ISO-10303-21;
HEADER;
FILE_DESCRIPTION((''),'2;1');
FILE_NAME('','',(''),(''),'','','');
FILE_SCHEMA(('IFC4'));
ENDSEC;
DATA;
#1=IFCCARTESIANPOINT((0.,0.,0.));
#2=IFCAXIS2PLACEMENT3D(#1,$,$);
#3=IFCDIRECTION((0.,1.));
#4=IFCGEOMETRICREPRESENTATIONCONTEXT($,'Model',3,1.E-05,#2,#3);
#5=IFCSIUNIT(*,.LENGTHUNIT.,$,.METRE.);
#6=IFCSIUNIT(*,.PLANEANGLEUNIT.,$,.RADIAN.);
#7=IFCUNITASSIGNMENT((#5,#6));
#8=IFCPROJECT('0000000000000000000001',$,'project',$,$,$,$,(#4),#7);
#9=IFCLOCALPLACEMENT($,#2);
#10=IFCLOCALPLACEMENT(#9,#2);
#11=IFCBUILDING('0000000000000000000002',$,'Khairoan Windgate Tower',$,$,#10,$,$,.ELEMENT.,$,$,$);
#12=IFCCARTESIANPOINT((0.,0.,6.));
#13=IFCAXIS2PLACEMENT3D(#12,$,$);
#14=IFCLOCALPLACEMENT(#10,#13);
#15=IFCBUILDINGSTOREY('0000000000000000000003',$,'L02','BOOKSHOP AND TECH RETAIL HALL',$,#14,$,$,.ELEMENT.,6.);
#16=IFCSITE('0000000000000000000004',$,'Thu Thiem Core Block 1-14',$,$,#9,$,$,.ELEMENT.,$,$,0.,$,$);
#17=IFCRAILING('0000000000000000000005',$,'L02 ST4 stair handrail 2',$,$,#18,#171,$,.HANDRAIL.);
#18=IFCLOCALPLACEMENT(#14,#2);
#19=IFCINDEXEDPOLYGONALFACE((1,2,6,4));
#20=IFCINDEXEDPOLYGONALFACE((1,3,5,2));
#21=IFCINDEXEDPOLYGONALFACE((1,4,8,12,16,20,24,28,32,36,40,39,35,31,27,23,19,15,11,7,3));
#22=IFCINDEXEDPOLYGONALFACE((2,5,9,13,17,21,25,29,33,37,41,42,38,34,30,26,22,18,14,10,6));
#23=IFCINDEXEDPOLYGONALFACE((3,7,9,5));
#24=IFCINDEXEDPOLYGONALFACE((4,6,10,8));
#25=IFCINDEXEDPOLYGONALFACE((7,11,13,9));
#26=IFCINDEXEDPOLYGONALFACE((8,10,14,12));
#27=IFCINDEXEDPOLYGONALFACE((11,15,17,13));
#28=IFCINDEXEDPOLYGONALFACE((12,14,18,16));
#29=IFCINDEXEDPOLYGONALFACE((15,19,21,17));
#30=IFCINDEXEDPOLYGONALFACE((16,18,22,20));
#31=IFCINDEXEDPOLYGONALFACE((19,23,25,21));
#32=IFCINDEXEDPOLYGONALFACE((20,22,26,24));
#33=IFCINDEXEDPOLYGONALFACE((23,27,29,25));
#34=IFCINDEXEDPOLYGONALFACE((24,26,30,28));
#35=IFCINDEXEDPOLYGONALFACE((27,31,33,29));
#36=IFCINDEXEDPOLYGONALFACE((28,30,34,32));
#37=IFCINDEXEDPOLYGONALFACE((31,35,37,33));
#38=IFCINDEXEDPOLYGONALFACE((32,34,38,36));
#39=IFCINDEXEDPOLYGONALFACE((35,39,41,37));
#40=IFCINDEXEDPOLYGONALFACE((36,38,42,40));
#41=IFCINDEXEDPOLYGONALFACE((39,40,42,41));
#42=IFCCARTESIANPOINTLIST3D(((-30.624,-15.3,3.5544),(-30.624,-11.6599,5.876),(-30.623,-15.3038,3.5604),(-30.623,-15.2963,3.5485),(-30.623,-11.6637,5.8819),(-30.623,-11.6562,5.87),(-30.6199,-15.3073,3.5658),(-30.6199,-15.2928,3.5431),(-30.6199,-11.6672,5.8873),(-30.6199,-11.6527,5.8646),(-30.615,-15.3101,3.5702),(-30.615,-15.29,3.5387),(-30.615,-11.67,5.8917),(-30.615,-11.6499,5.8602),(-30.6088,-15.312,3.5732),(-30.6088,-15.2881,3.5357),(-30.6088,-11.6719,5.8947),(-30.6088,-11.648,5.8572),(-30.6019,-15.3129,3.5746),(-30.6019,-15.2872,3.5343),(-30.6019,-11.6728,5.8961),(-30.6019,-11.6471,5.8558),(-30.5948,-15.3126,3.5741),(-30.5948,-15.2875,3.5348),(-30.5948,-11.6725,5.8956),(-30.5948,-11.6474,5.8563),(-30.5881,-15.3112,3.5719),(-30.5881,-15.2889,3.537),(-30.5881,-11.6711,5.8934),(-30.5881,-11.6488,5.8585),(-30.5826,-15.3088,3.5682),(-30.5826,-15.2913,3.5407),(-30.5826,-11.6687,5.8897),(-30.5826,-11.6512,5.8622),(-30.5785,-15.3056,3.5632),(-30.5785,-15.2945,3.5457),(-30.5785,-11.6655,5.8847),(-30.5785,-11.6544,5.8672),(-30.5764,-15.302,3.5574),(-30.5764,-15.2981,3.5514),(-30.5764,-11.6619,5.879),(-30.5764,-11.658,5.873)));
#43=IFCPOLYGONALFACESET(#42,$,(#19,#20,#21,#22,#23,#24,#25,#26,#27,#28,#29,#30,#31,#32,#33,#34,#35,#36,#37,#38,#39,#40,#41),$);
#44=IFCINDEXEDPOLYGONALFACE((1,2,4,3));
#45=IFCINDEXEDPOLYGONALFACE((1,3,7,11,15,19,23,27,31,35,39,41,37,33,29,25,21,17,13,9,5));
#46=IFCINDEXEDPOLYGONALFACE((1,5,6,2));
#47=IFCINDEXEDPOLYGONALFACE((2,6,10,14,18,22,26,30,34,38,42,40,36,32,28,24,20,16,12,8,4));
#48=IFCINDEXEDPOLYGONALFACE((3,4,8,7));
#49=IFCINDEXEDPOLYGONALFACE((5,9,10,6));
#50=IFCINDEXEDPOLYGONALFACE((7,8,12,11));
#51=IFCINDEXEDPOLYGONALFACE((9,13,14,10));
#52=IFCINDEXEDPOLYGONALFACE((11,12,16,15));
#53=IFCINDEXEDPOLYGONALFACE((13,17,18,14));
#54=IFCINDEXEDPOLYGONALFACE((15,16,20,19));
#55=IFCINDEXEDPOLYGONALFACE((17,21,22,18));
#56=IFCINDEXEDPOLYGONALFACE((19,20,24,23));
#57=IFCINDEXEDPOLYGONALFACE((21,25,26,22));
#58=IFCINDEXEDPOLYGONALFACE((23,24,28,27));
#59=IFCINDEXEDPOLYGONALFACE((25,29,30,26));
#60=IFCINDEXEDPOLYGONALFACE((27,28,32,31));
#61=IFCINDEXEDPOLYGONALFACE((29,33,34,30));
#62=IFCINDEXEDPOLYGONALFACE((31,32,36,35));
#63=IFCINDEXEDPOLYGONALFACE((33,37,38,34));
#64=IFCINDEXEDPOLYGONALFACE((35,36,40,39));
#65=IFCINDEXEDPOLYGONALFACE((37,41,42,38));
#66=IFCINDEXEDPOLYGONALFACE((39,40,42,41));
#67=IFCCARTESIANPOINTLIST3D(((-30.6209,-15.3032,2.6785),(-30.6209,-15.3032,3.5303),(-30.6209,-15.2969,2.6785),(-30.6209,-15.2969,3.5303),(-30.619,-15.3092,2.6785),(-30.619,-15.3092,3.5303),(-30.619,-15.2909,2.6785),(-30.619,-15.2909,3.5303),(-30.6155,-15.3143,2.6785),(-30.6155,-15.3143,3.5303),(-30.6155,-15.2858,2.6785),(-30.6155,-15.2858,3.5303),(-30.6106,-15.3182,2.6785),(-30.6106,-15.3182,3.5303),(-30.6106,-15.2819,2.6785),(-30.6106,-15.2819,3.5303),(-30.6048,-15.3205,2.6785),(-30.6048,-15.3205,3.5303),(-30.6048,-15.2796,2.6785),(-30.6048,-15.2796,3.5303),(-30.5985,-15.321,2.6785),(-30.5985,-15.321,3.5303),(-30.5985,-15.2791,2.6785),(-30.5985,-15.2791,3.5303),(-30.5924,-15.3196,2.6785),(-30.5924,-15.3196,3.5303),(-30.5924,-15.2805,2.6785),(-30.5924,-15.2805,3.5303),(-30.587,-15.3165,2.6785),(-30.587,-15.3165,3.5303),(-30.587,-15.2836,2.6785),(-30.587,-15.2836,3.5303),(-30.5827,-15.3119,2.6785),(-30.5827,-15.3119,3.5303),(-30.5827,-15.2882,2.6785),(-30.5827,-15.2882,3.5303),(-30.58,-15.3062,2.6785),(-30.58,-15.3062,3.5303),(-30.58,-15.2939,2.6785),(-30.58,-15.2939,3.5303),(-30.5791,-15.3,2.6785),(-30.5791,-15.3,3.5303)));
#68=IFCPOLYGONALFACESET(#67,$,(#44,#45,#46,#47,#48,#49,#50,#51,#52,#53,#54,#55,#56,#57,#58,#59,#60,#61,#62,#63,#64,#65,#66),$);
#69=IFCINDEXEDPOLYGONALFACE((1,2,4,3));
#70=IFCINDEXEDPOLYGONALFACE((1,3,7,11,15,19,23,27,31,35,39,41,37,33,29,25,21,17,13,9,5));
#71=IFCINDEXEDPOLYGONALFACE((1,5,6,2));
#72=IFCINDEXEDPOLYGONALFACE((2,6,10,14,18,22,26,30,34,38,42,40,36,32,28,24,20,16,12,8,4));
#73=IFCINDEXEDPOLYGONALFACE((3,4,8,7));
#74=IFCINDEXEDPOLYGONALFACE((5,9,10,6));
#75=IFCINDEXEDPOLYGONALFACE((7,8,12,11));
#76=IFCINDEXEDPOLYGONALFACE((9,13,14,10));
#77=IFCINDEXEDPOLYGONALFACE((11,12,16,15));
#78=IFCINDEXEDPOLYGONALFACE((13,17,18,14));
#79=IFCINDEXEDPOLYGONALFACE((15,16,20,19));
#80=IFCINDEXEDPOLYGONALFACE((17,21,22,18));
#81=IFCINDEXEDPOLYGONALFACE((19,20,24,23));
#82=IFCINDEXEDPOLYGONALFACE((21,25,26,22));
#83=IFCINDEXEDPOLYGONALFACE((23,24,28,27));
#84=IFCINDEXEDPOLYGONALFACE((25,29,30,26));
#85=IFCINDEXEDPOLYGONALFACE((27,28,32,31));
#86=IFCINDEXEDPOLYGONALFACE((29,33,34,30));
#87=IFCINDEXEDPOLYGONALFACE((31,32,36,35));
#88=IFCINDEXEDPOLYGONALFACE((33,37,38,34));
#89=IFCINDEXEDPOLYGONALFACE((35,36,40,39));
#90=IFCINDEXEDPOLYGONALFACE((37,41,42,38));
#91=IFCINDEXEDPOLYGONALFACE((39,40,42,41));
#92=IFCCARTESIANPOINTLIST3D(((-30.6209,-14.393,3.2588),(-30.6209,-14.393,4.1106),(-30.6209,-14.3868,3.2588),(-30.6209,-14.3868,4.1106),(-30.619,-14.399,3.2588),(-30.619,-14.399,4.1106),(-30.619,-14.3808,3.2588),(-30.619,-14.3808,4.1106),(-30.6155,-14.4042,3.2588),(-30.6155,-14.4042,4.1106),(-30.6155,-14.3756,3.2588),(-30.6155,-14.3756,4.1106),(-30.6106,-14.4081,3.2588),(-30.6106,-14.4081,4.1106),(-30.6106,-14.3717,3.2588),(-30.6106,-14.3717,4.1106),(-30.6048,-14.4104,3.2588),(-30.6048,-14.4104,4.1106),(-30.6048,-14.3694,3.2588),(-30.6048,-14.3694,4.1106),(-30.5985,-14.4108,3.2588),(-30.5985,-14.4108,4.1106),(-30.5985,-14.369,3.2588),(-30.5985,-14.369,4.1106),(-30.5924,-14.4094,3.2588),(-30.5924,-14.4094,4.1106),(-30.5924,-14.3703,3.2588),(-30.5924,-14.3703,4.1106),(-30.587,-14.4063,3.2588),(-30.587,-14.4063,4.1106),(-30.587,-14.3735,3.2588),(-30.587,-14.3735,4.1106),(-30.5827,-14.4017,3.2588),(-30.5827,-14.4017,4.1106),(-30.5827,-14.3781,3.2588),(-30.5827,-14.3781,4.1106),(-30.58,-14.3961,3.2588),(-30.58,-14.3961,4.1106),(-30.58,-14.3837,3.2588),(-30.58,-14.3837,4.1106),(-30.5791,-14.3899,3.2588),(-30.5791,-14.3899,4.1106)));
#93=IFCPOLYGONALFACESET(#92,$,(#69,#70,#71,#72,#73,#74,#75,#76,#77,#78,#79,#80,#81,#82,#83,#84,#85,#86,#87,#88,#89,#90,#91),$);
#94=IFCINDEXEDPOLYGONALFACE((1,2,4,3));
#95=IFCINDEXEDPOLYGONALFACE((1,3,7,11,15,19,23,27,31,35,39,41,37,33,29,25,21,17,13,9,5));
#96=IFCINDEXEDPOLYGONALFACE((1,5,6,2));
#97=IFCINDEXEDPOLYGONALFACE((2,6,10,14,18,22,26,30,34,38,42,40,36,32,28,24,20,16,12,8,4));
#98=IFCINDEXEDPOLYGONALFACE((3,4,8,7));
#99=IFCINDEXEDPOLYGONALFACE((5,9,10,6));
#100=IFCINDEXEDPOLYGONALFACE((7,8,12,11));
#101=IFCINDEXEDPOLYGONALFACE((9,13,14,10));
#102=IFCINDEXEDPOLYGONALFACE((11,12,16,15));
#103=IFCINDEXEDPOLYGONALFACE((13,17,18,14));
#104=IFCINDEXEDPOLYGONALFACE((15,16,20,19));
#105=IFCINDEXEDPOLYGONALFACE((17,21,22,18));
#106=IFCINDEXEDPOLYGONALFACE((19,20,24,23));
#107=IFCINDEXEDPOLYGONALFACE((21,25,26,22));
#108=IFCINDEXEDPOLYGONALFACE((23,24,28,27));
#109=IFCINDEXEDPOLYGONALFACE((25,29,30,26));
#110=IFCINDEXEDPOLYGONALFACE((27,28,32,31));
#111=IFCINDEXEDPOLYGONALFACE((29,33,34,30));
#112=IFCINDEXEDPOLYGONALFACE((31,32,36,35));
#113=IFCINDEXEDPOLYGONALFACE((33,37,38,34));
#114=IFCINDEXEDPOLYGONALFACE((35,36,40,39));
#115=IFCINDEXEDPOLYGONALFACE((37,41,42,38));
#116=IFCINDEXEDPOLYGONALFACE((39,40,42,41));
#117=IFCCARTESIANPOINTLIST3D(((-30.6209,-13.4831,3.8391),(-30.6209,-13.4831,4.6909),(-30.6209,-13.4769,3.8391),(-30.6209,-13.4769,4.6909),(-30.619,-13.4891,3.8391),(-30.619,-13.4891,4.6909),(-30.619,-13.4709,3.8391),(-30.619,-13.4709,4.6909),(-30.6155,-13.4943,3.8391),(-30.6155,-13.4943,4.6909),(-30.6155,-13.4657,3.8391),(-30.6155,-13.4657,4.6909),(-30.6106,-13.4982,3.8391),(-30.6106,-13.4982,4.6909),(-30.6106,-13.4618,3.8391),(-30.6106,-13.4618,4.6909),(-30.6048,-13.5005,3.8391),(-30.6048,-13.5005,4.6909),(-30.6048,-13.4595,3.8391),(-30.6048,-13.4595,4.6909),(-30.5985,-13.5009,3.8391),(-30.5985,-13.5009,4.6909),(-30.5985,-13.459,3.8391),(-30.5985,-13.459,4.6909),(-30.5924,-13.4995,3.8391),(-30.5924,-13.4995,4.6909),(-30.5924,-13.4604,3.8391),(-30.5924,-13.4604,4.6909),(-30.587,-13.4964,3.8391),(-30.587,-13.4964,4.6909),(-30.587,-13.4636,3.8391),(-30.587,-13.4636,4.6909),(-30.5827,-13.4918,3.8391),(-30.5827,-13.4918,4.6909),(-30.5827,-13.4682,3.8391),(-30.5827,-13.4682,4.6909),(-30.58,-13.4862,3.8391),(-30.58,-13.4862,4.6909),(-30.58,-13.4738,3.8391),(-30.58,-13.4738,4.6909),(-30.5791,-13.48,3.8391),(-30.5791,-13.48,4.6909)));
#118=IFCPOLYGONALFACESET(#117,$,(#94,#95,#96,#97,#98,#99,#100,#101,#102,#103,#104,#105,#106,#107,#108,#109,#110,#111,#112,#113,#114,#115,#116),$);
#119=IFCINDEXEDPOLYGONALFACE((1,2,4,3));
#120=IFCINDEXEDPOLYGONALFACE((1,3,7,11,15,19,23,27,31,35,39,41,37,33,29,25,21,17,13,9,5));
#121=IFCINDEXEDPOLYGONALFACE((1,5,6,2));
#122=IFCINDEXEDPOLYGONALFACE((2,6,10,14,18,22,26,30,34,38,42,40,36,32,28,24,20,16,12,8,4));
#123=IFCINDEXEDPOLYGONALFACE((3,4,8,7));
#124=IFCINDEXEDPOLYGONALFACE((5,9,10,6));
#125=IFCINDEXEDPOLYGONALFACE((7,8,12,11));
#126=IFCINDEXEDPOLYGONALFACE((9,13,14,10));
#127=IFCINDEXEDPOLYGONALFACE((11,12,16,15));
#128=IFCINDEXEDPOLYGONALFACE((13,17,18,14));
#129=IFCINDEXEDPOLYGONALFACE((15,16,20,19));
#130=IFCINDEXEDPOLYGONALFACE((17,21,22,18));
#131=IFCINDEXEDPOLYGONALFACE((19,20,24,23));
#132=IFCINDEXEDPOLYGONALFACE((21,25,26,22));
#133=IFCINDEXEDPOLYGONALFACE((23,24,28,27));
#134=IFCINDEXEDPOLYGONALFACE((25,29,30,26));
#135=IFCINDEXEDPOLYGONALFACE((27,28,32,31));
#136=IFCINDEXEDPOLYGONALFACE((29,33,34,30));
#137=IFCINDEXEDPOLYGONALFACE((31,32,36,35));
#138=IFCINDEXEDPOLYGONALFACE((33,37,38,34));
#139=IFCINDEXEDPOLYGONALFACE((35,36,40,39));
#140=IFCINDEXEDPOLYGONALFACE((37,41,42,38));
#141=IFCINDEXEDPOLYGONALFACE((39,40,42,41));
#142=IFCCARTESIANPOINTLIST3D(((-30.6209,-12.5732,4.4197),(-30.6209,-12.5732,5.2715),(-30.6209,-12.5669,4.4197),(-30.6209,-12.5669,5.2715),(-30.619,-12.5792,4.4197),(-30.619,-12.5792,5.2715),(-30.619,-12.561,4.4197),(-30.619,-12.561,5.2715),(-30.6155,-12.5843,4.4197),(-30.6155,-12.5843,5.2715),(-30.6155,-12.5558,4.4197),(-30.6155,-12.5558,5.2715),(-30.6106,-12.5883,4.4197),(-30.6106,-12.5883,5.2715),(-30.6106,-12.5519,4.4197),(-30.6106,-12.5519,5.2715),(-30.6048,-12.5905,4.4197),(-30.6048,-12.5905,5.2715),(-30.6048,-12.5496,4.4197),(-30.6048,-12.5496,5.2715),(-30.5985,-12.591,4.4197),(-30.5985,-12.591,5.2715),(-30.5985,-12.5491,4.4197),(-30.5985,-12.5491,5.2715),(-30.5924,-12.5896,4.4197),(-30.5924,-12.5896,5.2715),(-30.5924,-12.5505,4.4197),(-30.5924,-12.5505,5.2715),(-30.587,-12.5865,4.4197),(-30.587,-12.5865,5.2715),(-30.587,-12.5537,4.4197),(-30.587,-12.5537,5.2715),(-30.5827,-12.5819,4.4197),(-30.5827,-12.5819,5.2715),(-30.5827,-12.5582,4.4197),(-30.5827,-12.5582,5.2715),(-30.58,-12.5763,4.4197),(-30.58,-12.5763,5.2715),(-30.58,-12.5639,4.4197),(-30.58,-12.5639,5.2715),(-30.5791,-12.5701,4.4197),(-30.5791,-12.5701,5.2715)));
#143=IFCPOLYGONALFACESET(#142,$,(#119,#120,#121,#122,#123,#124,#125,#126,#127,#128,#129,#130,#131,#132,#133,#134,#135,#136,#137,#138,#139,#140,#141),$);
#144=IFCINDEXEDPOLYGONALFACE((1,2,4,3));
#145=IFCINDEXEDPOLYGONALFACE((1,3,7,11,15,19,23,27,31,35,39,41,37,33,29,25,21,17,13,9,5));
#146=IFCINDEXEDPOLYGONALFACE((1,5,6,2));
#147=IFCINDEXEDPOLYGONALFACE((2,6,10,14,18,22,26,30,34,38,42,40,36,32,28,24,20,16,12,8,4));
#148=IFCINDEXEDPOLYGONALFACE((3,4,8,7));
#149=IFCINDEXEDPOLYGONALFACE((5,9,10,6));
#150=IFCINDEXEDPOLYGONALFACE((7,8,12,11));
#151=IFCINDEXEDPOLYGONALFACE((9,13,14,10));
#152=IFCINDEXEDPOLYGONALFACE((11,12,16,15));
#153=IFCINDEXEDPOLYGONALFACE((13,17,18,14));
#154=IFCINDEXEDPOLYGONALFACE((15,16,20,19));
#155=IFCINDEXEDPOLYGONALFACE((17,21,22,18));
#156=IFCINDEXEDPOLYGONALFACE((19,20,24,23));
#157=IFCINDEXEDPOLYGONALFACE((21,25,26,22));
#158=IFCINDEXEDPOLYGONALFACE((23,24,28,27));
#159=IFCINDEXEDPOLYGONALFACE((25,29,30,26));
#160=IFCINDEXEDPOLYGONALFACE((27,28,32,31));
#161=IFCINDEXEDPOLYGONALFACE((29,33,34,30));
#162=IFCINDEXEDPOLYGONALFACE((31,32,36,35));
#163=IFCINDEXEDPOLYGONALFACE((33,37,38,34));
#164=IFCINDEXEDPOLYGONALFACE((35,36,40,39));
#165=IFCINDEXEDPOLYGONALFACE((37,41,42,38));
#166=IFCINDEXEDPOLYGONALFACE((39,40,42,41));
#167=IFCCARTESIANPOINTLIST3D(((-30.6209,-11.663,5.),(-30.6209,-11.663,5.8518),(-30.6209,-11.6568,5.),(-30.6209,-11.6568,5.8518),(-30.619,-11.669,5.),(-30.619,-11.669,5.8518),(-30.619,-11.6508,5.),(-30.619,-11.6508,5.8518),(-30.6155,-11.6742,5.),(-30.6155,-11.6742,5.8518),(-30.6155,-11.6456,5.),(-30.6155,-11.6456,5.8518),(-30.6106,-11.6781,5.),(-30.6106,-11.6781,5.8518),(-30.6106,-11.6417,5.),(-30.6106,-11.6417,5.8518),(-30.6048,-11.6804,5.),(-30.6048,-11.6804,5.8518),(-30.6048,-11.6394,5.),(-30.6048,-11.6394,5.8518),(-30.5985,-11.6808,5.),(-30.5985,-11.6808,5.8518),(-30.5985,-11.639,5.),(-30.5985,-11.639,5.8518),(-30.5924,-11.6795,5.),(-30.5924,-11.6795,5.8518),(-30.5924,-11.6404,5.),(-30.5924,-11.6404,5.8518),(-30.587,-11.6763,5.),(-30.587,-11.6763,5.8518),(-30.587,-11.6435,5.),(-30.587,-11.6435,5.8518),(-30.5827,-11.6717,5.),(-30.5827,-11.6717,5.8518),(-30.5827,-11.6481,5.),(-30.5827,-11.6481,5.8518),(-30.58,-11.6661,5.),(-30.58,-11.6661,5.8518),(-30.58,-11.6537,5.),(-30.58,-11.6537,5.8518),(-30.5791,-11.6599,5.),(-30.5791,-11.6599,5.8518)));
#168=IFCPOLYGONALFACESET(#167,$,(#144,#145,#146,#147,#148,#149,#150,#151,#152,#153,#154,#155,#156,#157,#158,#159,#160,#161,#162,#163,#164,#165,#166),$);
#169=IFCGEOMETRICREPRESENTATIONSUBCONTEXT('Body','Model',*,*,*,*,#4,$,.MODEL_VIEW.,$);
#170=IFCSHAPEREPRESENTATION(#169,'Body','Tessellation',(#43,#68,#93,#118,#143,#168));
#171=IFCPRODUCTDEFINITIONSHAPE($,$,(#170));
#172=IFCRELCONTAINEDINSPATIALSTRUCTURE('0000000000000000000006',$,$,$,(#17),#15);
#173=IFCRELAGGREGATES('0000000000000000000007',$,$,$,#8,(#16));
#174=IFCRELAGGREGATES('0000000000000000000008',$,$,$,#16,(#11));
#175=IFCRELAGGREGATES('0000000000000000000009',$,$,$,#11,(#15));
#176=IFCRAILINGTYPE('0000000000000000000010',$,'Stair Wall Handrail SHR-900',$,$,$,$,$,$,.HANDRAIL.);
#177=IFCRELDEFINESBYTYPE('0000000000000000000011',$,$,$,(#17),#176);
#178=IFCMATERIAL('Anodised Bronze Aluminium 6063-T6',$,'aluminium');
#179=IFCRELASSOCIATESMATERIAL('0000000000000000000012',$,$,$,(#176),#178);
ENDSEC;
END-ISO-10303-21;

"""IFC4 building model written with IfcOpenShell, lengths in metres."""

from ifc_helpers import new_model, si_unit, direction, frame, origin, origin_2d, place, context, subcontext, project, spatial, circle, extrude, material, type_object, element, save


model = new_model("IFC4")

# Units and contexts
model_context = context("Model", 3, precision=1e-05, world=origin(), true_north=direction((0.0, 1.0)))
body_context = subcontext(model_context, "Body", "Model", "MODEL_VIEW")
ifc_project = project(units=[si_unit("LENGTHUNIT", "METRE"), si_unit("PLANEANGLEUNIT", "RADIAN")], contexts=[model_context])

# Site, building, storey
site_placement = place(None, origin())
site = spatial("IfcSite", under=ifc_project, at=site_placement, Name="Thu Thiem Core Block 1-14", CompositionType="ELEMENT", RefElevation=0.0)
building_placement = place(site_placement, origin())
building = spatial("IfcBuilding", under=site, at=building_placement, Name="Khairoan Windgate Tower", CompositionType="ELEMENT")
storey_placement = place(building_placement, frame((0.0, 0.0, 6.0)))
storey = spatial("IfcBuildingStorey", under=building, at=storey_placement, Name="L02", Description="BOOKSHOP AND TECH RETAIL HALL", CompositionType="ELEMENT", Elevation=6.0)

# Railing
ifc_material_1 = material(Name="Anodised Bronze Aluminium 6063-T6", Category="aluminium")
railing_type_1 = type_object("IfcRailingType", Name="Stair Wall Handrail SHR-900", PredefinedType="HANDRAIL", material=ifc_material_1)
railing_1_placement = place(storey_placement, frame((-30.6001, -15.3, 2.6785)))
element("IfcRailing", 1, at=railing_1_placement, inside=storey, type_object=railing_type_1, Name="L02 ST4 stair handrail 2", PredefinedType="HANDRAIL", context=body_context, shape_type="SweptSolid", body=[
    extrude(circle(Radius=0.0239, at=origin_2d()), frame((0.0, 0.0, 0.876), z_axis=(0.0, 0.843128, 0.537713), x_axis=(-1.0, 0.0, 0.0)), (0.0, 0.0, 1.0), 4.3174),
    extrude(circle(Radius=0.021, at=origin_2d()), origin(), (0.0, 0.0, 1.0), 0.8518),
    extrude(circle(Radius=0.021, at=origin_2d()), frame((0.0, 0.9102, 0.5803)), (0.0, 0.0, 1.0), 0.8518),
    extrude(circle(Radius=0.021, at=origin_2d()), frame((0.0, 1.8201, 1.1606)), (0.0, 0.0, 1.0), 0.8518),
    extrude(circle(Radius=0.021, at=origin_2d()), frame((0.0, 2.73, 1.7412)), (0.0, 0.0, 1.0), 0.8518),
    extrude(circle(Radius=0.021, at=origin_2d()), frame((0.0, 3.6401, 2.3215)), (0.0, 0.0, 1.0), 0.8518),
])

save(model, "model.ifc")
